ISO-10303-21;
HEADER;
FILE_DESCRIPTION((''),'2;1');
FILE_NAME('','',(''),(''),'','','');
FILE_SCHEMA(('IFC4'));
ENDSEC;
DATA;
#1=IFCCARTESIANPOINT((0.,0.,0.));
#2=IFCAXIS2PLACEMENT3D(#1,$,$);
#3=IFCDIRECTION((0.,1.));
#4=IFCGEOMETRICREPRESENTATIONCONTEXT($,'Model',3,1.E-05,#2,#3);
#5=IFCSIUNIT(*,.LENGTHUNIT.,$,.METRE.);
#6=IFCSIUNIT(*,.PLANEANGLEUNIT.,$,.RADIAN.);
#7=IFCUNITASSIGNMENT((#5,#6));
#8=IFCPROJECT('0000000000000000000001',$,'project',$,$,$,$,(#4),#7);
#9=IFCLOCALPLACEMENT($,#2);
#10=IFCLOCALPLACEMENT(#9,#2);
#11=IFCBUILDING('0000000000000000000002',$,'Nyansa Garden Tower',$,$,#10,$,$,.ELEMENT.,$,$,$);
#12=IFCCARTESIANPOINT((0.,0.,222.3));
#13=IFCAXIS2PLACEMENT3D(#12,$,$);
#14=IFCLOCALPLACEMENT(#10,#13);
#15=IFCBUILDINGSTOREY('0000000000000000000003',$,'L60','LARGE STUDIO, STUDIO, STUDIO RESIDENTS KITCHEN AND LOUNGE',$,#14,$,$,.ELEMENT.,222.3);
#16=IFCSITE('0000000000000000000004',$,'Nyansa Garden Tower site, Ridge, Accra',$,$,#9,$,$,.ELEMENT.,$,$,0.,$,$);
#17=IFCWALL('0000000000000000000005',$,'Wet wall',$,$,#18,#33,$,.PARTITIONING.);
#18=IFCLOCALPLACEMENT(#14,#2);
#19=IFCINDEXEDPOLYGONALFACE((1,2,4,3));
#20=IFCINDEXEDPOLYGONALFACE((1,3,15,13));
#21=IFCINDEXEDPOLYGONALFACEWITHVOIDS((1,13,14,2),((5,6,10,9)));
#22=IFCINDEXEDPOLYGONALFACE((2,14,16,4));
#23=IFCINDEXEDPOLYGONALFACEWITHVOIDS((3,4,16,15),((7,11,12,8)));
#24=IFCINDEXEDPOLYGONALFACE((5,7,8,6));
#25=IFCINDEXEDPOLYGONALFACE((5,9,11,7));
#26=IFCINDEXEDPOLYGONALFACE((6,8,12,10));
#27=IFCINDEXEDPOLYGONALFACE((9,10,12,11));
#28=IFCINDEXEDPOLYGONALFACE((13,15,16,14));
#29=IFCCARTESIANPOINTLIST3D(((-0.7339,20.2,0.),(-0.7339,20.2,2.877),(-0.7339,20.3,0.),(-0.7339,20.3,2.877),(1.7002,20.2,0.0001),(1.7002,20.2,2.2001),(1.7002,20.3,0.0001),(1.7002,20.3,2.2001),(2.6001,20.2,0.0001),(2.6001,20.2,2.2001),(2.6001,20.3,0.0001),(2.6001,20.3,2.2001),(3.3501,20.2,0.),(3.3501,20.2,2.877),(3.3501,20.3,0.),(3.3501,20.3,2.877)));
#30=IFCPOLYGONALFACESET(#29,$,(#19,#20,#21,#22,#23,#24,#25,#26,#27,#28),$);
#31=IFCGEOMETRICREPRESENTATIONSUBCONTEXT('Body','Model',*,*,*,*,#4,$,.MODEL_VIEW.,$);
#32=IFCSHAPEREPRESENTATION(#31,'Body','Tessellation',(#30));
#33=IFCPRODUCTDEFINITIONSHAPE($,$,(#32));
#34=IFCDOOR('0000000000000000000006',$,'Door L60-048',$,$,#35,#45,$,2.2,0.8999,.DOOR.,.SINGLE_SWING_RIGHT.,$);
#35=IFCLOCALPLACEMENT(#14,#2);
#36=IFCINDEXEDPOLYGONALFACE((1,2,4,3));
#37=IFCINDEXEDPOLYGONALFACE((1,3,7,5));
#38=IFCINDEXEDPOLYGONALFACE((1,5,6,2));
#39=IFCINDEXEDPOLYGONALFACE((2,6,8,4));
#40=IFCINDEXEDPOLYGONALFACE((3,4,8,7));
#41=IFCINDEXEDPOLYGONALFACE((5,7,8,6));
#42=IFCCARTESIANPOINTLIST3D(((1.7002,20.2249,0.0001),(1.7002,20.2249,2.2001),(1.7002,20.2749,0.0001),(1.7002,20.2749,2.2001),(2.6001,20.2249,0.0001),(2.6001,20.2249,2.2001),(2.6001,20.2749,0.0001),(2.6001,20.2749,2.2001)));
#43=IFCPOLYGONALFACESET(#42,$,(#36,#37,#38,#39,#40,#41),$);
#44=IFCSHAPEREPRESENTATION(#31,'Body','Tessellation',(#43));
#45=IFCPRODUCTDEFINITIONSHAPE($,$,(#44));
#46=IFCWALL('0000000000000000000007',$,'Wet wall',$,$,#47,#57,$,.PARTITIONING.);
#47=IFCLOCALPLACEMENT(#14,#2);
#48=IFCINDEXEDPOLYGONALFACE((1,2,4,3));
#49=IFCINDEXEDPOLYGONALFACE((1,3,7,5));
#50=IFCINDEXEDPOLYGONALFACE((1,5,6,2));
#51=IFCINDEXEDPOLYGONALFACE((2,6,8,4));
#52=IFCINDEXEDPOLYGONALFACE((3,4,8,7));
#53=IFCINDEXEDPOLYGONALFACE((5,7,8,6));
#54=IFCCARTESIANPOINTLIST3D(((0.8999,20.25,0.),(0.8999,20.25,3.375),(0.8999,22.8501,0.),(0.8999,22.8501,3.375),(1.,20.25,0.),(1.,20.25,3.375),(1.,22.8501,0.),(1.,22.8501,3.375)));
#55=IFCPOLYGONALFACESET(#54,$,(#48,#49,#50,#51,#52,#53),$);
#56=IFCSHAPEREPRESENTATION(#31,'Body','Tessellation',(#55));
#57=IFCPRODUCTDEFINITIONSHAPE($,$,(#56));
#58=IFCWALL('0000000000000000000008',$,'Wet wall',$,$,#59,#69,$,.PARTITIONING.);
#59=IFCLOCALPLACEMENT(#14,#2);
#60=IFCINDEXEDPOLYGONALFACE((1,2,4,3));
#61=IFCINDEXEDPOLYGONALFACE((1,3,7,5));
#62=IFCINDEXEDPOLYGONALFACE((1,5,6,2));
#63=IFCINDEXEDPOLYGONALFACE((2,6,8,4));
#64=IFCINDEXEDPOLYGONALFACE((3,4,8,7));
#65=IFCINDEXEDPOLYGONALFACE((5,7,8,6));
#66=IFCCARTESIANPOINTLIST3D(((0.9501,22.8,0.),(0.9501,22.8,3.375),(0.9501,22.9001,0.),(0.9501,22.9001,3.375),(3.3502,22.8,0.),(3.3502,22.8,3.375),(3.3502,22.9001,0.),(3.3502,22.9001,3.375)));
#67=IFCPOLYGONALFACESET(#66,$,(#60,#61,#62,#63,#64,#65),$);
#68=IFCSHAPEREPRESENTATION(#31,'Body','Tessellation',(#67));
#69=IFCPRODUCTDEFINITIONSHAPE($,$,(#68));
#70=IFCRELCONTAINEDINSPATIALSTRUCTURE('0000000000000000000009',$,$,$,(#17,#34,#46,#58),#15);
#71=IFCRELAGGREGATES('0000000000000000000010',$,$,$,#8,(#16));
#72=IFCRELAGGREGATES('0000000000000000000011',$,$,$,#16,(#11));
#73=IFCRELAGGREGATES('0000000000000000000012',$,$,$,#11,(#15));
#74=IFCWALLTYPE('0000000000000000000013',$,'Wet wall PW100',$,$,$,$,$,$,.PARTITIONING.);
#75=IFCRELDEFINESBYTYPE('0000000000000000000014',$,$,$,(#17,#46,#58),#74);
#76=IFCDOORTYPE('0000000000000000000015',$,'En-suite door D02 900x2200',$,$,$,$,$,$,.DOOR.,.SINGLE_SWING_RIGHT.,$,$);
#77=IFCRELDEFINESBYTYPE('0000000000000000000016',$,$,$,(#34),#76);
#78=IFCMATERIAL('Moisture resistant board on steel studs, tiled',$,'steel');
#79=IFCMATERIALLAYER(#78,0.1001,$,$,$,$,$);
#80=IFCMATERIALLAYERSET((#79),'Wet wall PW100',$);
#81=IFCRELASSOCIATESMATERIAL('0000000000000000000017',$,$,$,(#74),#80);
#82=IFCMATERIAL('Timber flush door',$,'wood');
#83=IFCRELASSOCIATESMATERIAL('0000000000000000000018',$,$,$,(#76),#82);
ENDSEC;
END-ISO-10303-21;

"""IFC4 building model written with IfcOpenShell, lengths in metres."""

from ifc_helpers import new_model, si_unit, direction, frame, frame_2d, origin, place, context, subcontext, project, spatial, rectangle, extrude, material, layer, layer_set, type_object, element, fill, save


model = new_model("IFC4")

# Units and contexts
model_context = context("Model", 3, precision=1e-05, world=origin(), true_north=direction((0.0, 1.0)))
body_context = subcontext(model_context, "Body", "Model", "MODEL_VIEW")
ifc_project = project(units=[si_unit("LENGTHUNIT", "METRE"), si_unit("PLANEANGLEUNIT", "RADIAN")], contexts=[model_context])

# Site, building, storey
site_placement = place(None, origin())
site = spatial("IfcSite", under=ifc_project, at=site_placement, Name="Nyansa Garden Tower site, Ridge, Accra", CompositionType="ELEMENT", RefElevation=0.0)
building_placement = place(site_placement, origin())
building = spatial("IfcBuilding", under=site, at=building_placement, Name="Nyansa Garden Tower", CompositionType="ELEMENT")
storey_placement = place(building_placement, frame((0.0, 0.0, 222.3)))
storey = spatial("IfcBuildingStorey", under=building, at=storey_placement, Name="L60", Description="LARGE STUDIO, STUDIO, STUDIO RESIDENTS KITCHEN AND LOUNGE", CompositionType="ELEMENT", Elevation=222.3)

# Wall, opening, door
ifc_material_1 = material(Name="Moisture resistant board on steel studs, tiled", Category="steel")
ifc_layer_1 = layer(ifc_material_1, 0.1001)
ifc_layer_set_1 = layer_set([ifc_layer_1], Name="Wet wall PW100")
wall_type_1 = type_object("IfcWallType", Name="Wet wall PW100", PredefinedType="PARTITIONING", material=ifc_layer_set_1)
wall_1_placement = place(storey_placement, frame((-0.7339, 20.25, 0.0), z_axis=(0.0, 0.0, 1.0), x_axis=(1.0, 0.0, 0.0)))
wall_1 = element("IfcWall", 1, at=wall_1_placement, inside=storey, type_object=wall_type_1, Name="Wet wall", PredefinedType="PARTITIONING", context=body_context, shape_type="SweptSolid", body=[
    extrude(rectangle(XDim=4.084, YDim=0.1001, at=frame_2d((2.042, 0.0))), origin(), (0.0, 0.0, 1.0), 2.877),
])
opening_placement = place(wall_1_placement, frame((2.4341, 0.0, 0.0)))
opening = element("IfcOpeningElement", 2, at=opening_placement, cuts=wall_1, PredefinedType="OPENING", context=body_context, shape_type="SweptSolid", body=[
    extrude(rectangle(XDim=0.8999, YDim=2.2, at=frame_2d((0.45, 1.1001))), frame((0.0, 0.0601, 0.0), z_axis=(0.0, -1.0, 0.0), x_axis=(1.0, 0.0, 0.0)), (0.0, 0.0, 1.0), 0.1201),
])
ifc_material_2 = material(Name="Timber flush door", Category="wood")
door_type = type_object("IfcDoorType", Name="En-suite door D02 900x2200", OperationType="SINGLE_SWING_RIGHT", PredefinedType="DOOR", material=ifc_material_2)
door_placement = place(opening_placement, origin())
door = element("IfcDoor", 3, at=door_placement, inside=storey, type_object=door_type, Name="Door L60-048", OperationType="SINGLE_SWING_RIGHT", OverallHeight=2.2, OverallWidth=0.8999, PredefinedType="DOOR", context=body_context, shape_type="SweptSolid", body=[
    extrude(rectangle(XDim=0.8999, YDim=2.2, at=frame_2d((0.45, 1.1001))), frame((0.0, 0.0249, 0.0), z_axis=(0.0, -1.0, 0.0), x_axis=(1.0, 0.0, 0.0)), (0.0, 0.0, 1.0), 0.05),
])
fill(opening, door)

# Walls
wall_2_placement = place(storey_placement, frame((0.95, 20.25, 0.0), z_axis=(0.0, 0.0, 1.0), x_axis=(0.0, 1.0, 0.0)))
element("IfcWall", 4, at=wall_2_placement, inside=storey, type_object=wall_type_1, Name="Wet wall", PredefinedType="PARTITIONING", context=body_context, shape_type="SweptSolid", body=[
    extrude(rectangle(XDim=2.6001, YDim=0.1001, at=frame_2d((1.3, 0.0))), origin(), (0.0, 0.0, 1.0), 3.375),
])
wall_3_placement = place(storey_placement, frame((0.95, 22.8501, 0.0), z_axis=(0.0, 0.0, 1.0), x_axis=(1.0, 0.0, 0.0)))
element("IfcWall", 5, at=wall_3_placement, inside=storey, type_object=wall_type_1, Name="Wet wall", PredefinedType="PARTITIONING", context=body_context, shape_type="SweptSolid", body=[
    extrude(rectangle(XDim=2.4001, YDim=0.1001, at=frame_2d((1.2002, 0.0))), origin(), (0.0, 0.0, 1.0), 3.375),
])

save(model, "model.ifc")
